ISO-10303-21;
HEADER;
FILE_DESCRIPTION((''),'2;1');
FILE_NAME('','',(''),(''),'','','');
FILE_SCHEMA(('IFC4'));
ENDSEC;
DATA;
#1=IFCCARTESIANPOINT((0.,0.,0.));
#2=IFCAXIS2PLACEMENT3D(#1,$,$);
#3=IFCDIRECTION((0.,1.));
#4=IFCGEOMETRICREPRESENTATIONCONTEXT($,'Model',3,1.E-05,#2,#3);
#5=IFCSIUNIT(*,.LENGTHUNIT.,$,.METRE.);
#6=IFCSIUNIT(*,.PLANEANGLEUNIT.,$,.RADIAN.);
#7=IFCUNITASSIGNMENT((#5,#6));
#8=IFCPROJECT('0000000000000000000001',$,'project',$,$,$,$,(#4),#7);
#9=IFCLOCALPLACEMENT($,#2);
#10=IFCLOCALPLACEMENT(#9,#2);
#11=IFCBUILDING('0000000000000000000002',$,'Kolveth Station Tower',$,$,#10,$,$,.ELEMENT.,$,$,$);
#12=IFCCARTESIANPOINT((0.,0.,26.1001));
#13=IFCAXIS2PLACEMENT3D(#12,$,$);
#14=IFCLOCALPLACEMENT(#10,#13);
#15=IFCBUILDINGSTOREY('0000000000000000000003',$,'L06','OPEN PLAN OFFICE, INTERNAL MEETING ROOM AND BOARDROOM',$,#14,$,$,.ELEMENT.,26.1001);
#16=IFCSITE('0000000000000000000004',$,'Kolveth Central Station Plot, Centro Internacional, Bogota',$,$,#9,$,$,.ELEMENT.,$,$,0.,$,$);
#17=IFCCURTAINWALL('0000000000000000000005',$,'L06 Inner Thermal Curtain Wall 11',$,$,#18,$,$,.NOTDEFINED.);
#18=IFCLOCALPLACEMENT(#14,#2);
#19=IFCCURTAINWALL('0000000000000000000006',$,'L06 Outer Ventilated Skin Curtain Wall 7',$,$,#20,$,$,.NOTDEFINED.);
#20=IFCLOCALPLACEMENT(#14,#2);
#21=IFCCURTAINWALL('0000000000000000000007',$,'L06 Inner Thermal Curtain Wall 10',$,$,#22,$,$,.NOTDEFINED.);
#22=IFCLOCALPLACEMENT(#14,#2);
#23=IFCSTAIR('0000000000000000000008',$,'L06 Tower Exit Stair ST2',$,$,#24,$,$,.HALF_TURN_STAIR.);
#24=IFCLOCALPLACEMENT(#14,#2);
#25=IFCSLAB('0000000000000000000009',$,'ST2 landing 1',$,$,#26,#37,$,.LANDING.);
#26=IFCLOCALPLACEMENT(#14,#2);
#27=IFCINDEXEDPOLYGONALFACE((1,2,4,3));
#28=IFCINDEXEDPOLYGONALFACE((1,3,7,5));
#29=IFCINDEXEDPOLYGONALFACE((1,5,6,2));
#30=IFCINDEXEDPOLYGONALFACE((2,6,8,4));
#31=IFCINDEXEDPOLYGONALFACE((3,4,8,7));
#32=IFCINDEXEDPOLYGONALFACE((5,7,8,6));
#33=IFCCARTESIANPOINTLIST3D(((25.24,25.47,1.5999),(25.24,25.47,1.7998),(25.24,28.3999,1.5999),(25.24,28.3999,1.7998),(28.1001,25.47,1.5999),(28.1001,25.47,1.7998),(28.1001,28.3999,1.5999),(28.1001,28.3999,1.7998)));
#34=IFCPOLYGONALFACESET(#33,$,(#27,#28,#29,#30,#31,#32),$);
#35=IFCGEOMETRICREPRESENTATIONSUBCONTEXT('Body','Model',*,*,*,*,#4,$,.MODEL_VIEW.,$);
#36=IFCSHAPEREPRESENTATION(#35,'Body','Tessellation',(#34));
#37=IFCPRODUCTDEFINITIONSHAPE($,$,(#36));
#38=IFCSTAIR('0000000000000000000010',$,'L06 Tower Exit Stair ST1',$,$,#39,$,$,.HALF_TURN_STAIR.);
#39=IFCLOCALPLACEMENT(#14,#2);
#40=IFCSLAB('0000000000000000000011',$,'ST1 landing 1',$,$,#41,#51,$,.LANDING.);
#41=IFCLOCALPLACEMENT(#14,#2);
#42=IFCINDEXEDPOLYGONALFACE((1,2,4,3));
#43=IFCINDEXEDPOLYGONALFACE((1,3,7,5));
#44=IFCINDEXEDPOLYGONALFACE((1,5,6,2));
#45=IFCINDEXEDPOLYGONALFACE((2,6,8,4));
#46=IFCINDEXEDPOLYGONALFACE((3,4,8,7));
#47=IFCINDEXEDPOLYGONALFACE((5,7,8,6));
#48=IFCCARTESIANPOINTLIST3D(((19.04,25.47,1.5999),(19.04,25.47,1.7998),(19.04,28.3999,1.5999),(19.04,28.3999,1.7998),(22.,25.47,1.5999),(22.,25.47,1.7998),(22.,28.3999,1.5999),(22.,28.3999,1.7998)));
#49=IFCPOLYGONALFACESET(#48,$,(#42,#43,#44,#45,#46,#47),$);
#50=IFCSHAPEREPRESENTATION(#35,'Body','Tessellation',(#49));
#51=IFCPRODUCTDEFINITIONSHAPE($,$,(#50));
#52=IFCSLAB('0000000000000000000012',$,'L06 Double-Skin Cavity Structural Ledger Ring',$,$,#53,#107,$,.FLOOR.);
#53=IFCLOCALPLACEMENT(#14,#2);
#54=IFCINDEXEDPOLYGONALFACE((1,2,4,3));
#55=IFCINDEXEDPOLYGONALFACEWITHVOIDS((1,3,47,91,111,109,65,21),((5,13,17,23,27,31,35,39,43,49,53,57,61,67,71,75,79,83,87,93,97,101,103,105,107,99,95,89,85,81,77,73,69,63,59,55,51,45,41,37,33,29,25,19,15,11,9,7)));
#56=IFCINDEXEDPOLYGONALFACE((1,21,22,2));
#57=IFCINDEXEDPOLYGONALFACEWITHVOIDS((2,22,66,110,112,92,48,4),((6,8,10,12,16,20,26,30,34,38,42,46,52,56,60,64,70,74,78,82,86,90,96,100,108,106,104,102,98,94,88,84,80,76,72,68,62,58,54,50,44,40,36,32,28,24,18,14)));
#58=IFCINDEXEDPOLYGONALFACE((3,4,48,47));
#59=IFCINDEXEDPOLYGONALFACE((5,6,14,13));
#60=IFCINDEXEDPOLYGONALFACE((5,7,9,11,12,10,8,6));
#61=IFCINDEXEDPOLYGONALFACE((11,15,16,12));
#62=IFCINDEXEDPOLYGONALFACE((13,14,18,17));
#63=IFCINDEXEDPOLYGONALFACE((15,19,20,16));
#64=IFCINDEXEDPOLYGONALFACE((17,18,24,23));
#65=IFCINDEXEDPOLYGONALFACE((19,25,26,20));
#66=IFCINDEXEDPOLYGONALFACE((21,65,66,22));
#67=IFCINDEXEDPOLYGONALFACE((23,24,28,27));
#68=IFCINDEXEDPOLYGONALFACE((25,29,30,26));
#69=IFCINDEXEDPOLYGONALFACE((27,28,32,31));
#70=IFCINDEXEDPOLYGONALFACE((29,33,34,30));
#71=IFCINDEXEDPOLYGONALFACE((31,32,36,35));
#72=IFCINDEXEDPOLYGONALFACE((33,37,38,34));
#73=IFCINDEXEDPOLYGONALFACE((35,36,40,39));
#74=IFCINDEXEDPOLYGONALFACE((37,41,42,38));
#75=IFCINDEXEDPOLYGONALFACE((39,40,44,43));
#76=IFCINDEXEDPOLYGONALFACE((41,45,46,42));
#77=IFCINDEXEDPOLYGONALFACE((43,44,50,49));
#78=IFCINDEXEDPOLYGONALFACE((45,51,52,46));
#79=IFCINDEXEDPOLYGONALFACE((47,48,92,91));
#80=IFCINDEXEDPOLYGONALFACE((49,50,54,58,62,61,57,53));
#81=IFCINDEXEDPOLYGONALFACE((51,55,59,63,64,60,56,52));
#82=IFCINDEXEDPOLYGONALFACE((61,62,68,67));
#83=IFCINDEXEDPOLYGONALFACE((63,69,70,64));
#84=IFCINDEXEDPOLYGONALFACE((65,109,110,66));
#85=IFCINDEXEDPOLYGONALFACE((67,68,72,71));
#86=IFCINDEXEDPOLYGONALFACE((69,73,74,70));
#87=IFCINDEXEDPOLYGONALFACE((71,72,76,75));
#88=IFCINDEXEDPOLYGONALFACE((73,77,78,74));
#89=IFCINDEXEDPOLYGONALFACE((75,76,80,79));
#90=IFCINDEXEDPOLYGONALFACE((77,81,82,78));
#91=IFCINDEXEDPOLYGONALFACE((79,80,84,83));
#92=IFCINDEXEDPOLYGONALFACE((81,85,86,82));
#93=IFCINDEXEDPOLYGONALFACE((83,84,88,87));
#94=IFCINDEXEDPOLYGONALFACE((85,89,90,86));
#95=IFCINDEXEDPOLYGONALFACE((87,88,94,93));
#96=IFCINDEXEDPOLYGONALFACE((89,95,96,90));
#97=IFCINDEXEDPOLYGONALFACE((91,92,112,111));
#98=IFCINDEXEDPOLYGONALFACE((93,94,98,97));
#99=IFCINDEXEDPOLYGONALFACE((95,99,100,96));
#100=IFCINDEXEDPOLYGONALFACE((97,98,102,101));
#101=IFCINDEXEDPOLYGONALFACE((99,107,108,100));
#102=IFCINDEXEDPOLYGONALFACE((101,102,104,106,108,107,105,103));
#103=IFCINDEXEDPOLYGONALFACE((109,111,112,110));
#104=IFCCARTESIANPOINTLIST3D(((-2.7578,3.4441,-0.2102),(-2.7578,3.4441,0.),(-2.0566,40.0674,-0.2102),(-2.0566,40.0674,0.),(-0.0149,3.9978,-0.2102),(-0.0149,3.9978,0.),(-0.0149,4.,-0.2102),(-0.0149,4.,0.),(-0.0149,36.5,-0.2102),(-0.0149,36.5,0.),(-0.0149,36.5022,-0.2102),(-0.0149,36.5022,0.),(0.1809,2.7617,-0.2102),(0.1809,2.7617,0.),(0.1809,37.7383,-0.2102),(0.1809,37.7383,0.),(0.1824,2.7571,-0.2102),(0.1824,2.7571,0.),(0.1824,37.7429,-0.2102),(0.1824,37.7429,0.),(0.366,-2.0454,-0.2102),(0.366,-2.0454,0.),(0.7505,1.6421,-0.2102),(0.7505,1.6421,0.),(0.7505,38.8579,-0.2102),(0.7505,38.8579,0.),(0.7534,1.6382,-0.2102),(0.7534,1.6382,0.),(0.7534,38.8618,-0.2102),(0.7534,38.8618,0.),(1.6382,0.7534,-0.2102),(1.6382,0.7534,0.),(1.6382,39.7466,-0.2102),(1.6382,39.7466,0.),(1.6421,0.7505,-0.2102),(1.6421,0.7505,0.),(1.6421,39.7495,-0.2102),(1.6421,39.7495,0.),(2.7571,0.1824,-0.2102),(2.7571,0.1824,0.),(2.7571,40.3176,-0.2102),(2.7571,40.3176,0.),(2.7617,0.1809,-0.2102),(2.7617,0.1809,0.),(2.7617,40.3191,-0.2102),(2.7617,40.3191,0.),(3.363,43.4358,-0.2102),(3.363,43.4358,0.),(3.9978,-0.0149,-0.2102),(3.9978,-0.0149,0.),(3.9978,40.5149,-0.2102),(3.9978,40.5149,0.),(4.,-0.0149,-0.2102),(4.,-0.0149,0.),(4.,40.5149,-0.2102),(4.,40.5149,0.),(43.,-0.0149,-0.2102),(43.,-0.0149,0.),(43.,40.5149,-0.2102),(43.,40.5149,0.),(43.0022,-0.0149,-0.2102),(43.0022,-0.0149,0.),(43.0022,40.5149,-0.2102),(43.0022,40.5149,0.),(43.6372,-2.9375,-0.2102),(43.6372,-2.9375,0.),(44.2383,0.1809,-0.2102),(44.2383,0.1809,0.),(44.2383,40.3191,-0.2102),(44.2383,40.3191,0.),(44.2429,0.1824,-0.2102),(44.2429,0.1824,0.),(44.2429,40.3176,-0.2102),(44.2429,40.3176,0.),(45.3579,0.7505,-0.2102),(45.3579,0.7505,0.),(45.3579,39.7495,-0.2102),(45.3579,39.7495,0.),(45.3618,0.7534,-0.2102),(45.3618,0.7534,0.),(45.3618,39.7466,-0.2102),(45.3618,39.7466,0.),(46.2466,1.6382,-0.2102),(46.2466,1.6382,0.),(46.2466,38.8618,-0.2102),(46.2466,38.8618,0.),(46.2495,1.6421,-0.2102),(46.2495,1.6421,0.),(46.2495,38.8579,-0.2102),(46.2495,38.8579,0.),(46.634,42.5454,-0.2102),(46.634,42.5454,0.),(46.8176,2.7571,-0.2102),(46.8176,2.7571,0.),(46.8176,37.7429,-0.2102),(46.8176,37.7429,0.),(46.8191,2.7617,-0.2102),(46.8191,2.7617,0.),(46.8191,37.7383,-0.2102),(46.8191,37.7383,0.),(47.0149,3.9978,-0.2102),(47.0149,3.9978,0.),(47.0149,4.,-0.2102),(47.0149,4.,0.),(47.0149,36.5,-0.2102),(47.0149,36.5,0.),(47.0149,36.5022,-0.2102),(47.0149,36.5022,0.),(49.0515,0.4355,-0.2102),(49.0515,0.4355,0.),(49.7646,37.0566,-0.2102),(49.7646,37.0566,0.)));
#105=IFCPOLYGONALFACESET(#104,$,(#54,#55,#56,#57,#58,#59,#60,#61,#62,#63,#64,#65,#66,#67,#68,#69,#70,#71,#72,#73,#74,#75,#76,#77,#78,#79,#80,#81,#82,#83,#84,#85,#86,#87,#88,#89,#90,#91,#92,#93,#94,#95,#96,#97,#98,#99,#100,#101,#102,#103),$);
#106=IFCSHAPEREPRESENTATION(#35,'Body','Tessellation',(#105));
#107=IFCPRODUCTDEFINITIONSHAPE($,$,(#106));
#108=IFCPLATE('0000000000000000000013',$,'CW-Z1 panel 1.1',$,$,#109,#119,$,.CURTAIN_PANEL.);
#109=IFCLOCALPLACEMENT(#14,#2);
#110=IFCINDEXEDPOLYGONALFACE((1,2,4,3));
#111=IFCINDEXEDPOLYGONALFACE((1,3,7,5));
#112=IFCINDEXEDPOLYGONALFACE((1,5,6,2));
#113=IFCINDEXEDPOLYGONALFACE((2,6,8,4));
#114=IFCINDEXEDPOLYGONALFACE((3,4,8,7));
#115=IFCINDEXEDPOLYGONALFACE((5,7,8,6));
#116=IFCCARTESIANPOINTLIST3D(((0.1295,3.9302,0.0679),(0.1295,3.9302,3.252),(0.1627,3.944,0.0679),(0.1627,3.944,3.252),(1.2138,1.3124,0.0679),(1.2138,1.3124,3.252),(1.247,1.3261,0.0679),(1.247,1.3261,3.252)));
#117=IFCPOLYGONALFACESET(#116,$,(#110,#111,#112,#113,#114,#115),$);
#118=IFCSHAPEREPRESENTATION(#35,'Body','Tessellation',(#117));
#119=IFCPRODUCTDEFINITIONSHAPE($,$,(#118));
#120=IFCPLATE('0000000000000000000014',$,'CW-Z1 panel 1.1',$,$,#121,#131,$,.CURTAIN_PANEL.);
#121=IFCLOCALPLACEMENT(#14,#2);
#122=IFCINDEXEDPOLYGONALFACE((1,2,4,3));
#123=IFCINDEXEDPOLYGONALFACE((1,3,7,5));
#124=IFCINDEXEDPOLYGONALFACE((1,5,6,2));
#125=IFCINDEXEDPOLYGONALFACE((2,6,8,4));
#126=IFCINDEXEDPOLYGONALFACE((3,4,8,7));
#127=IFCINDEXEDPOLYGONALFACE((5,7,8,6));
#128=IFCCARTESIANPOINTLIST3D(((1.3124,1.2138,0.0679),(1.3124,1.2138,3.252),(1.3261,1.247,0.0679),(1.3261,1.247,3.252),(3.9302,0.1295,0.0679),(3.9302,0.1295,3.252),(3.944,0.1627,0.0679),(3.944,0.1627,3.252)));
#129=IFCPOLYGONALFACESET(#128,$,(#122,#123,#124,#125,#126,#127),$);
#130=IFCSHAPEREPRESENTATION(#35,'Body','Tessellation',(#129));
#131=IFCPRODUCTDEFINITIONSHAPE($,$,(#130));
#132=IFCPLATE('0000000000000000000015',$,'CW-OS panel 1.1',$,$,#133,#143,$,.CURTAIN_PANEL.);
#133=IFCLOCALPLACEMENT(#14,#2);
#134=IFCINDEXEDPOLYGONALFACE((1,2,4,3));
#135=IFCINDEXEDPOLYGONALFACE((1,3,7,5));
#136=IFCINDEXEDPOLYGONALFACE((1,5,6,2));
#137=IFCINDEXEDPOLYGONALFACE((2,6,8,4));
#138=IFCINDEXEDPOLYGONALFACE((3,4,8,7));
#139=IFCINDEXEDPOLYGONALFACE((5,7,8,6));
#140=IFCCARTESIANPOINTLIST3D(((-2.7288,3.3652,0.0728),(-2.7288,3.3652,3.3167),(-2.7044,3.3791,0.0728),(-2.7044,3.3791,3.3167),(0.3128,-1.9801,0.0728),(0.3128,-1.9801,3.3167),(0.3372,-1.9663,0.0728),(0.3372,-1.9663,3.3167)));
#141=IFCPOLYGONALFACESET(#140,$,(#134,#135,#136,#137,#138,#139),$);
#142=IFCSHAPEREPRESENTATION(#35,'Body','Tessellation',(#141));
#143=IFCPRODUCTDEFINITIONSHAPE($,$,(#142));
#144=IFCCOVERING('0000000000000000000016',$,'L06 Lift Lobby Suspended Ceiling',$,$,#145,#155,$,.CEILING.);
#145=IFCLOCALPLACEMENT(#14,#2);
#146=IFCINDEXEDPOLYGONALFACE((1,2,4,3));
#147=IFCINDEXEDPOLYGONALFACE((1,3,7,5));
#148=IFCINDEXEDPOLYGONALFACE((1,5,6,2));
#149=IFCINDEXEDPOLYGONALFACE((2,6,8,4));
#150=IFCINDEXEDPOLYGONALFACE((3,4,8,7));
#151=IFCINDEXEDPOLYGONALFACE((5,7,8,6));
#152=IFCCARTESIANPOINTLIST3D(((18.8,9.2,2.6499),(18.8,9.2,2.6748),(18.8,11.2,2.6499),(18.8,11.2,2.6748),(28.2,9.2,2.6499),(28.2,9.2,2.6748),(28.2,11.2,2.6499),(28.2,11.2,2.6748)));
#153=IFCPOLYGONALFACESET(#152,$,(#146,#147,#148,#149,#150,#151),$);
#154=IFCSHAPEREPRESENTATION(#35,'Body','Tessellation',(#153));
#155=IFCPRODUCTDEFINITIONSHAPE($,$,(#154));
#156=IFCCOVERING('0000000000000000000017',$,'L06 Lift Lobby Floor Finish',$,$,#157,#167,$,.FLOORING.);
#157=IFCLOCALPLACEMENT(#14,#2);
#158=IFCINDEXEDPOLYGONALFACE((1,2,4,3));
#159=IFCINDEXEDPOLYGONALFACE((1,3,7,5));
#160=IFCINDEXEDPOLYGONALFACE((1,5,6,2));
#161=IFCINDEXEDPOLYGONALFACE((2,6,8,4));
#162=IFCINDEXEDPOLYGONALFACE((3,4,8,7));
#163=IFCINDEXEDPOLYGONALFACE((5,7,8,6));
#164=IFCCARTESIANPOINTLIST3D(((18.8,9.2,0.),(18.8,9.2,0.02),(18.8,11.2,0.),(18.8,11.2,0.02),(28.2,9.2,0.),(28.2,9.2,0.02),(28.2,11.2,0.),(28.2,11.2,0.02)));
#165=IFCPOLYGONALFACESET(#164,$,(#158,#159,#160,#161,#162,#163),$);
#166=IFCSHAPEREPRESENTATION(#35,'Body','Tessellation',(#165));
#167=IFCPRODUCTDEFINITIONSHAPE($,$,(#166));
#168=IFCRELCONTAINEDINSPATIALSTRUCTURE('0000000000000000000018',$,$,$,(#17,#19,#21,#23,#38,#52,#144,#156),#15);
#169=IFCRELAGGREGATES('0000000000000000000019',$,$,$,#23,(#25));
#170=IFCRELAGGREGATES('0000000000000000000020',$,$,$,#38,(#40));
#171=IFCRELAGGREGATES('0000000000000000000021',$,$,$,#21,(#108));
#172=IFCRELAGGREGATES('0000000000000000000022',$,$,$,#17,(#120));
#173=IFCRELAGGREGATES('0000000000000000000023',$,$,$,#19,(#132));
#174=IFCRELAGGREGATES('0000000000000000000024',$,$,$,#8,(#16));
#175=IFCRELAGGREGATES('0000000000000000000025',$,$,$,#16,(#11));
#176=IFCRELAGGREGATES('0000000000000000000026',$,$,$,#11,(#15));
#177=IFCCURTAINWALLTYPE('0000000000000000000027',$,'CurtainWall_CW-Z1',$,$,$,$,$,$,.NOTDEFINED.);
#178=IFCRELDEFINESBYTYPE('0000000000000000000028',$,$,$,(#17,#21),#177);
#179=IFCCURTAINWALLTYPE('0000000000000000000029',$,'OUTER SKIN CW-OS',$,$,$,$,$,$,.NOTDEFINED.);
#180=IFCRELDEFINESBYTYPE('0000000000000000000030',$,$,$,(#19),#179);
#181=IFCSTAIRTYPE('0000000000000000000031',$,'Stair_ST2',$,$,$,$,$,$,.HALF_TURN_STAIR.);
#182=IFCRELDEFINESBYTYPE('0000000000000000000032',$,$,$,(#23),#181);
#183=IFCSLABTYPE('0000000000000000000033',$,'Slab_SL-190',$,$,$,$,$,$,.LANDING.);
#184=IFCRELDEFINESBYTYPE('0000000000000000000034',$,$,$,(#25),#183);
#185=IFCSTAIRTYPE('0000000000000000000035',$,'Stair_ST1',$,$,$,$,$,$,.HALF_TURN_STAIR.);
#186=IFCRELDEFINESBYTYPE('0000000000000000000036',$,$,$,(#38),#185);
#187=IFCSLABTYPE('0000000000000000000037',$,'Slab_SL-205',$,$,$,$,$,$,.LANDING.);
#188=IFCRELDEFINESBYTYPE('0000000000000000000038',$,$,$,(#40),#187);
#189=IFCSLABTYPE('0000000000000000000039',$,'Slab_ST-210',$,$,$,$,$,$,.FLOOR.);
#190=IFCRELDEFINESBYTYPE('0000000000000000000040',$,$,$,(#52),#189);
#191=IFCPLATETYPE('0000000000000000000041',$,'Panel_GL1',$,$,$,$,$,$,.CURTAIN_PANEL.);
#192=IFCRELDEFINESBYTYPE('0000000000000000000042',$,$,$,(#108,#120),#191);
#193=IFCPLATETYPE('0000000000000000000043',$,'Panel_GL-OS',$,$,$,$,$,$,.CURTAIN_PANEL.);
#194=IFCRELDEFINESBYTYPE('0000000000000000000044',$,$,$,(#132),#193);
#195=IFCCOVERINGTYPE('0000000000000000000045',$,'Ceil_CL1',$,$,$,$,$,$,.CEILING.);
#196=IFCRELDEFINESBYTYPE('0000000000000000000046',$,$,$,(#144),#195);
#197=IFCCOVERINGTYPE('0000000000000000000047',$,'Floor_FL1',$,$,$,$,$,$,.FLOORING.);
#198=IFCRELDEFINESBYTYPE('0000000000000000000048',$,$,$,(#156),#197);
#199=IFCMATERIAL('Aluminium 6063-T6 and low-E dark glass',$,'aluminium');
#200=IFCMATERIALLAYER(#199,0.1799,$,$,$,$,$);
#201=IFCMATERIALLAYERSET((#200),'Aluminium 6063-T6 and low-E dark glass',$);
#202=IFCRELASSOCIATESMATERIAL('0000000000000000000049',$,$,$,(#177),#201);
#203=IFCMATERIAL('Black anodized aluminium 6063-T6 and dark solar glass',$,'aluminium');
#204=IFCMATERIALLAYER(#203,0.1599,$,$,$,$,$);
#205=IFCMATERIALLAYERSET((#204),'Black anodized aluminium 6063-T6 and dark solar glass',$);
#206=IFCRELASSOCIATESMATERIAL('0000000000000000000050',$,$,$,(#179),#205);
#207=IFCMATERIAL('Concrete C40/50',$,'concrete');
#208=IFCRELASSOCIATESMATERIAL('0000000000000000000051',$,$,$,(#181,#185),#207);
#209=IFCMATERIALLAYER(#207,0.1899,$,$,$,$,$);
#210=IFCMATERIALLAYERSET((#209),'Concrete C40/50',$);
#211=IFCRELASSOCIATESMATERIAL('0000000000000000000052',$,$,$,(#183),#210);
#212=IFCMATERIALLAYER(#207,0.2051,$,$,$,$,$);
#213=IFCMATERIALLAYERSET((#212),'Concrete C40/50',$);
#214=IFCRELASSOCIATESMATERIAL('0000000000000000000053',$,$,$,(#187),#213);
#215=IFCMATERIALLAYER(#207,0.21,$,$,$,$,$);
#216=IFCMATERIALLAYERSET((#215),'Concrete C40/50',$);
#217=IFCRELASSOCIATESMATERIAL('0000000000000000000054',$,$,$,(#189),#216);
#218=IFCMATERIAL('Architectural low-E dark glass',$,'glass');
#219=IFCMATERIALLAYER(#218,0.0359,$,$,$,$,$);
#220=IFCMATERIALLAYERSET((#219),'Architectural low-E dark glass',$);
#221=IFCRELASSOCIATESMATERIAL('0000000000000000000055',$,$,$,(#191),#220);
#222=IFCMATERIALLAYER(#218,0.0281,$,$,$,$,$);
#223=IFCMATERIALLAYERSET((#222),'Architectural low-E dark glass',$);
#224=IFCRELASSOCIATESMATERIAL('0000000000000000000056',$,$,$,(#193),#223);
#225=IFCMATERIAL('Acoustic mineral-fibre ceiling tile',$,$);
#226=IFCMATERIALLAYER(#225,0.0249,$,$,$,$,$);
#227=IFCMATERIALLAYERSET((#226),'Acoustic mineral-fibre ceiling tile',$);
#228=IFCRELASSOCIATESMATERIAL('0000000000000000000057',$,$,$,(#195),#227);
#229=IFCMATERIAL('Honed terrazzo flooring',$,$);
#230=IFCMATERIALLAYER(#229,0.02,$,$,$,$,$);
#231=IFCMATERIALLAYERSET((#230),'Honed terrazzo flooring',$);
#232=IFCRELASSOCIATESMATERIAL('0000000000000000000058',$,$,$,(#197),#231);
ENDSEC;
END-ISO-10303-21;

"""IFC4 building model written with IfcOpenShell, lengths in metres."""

from ifc_helpers import new_model, si_unit, direction, frame, origin, origin_2d, place, context, subcontext, project, spatial, polyline, rectangle, outline, extrude, source, transform, mapped, material, layer, layer_set, type_object, element, aggregate, save


model = new_model("IFC4")

# Units and contexts
model_context = context("Model", 3, precision=1e-05, world=origin(), true_north=direction((0.0, 1.0)))
body_context = subcontext(model_context, "Body", "Model", "MODEL_VIEW")
ifc_project = project(units=[si_unit("LENGTHUNIT", "METRE"), si_unit("PLANEANGLEUNIT", "RADIAN")], contexts=[model_context])

# Site, building, storey
site_placement = place(None, origin())
site = spatial("IfcSite", under=ifc_project, at=site_placement, Name="Kolveth Central Station Plot, Centro Internacional, Bogota", CompositionType="ELEMENT", RefElevation=0.0)
building_placement = place(site_placement, origin())
building = spatial("IfcBuilding", under=site, at=building_placement, Name="Kolveth Station Tower", CompositionType="ELEMENT")
storey_placement = place(building_placement, frame((0.0, 0.0, 26.1001)))
storey = spatial("IfcBuildingStorey", under=building, at=storey_placement, Name="L06", Description="OPEN PLAN OFFICE, INTERNAL MEETING ROOM AND BOARDROOM", CompositionType="ELEMENT", Elevation=26.1001)

# Curtain wall
ifc_material_1 = material(Name="Aluminium 6063-T6 and low-E dark glass", Category="aluminium")
ifc_layer_1 = layer(ifc_material_1, 0.1799)
ifc_layer_set_1 = layer_set([ifc_layer_1], Name="Aluminium 6063-T6 and low-E dark glass")
curtain_wall_type_1 = type_object("IfcCurtainWallType", Name="CurtainWall_CW-Z1", PredefinedType="NOTDEFINED", material=ifc_layer_set_1)
curtain_wall_1_placement = place(storey_placement, origin())
curtain_wall_1 = element("IfcCurtainWall", 1, at=curtain_wall_1_placement, inside=storey, type_object=curtain_wall_type_1, Name="L06 Inner Thermal Curtain Wall 11", PredefinedType="NOTDEFINED")

# Curtain walls
ifc_material_2 = material(Name="Black anodized aluminium 6063-T6 and dark solar glass", Category="aluminium")
ifc_layer_2 = layer(ifc_material_2, 0.1599)
ifc_layer_set_2 = layer_set([ifc_layer_2], Name="Black anodized aluminium 6063-T6 and dark solar glass")
curtain_wall_type_2 = type_object("IfcCurtainWallType", Name="OUTER SKIN CW-OS", PredefinedType="NOTDEFINED", material=ifc_layer_set_2)
curtain_wall_2_placement = place(storey_placement, origin())
curtain_wall_2 = element("IfcCurtainWall", 2, at=curtain_wall_2_placement, inside=storey, type_object=curtain_wall_type_2, Name="L06 Outer Ventilated Skin Curtain Wall 7", PredefinedType="NOTDEFINED")
curtain_wall_3_placement = place(storey_placement, origin())
curtain_wall_3 = element("IfcCurtainWall", 3, at=curtain_wall_3_placement, inside=storey, type_object=curtain_wall_type_1, Name="L06 Inner Thermal Curtain Wall 10", PredefinedType="NOTDEFINED")

# Stairs, slabs
ifc_material_3 = material(Name="Concrete C40/50", Category="concrete")
stair_type_1 = type_object("IfcStairType", Name="Stair_ST2", PredefinedType="HALF_TURN_STAIR", material=ifc_material_3)
stair_1_placement = place(storey_placement, origin())
stair_1 = element("IfcStair", 4, at=stair_1_placement, inside=storey, type_object=stair_type_1, Name="L06 Tower Exit Stair ST2", PredefinedType="HALF_TURN_STAIR")
ifc_layer_3 = layer(ifc_material_3, 0.1899)
ifc_layer_set_3 = layer_set([ifc_layer_3], Name="Concrete C40/50")
slab_type_1 = type_object("IfcSlabType", Name="Slab_SL-190", PredefinedType="LANDING", material=ifc_layer_set_3)
slab_1_placement = place(storey_placement, frame((0.0, 0.0, 1.5999)))
slab_1 = element("IfcSlab", 5, at=slab_1_placement, type_object=slab_type_1, Name="ST2 landing 1", PredefinedType="LANDING", context=body_context, shape_type="SweptSolid", body=[
    extrude(outline(polyline([(28.1001, 25.47), (28.1001, 28.3999), (25.24, 28.3999), (25.24, 25.47), (28.1001, 25.47)])), origin(), (0.0, 0.0, 1.0), 0.2),
])
aggregate(stair_1, [slab_1])
stair_type_2 = type_object("IfcStairType", Name="Stair_ST1", PredefinedType="HALF_TURN_STAIR", material=ifc_material_3)
stair_2_placement = place(storey_placement, origin())
stair_2 = element("IfcStair", 6, at=stair_2_placement, inside=storey, type_object=stair_type_2, Name="L06 Tower Exit Stair ST1", PredefinedType="HALF_TURN_STAIR")
ifc_layer_4 = layer(ifc_material_3, 0.2051)
ifc_layer_set_4 = layer_set([ifc_layer_4], Name="Concrete C40/50")
slab_type_2 = type_object("IfcSlabType", Name="Slab_SL-205", PredefinedType="LANDING", material=ifc_layer_set_4)
slab_2_placement = place(storey_placement, frame((0.0, 0.0, 1.5999)))
slab_2 = element("IfcSlab", 7, at=slab_2_placement, type_object=slab_type_2, Name="ST1 landing 1", PredefinedType="LANDING", context=body_context, shape_type="SweptSolid", body=[
    extrude(outline(polyline([(22.0, 25.47), (22.0, 28.3999), (19.04, 28.3999), (19.04, 25.47), (22.0, 25.47)])), origin(), (0.0, 0.0, 1.0), 0.2),
])
aggregate(stair_2, [slab_2])

# Slab
ifc_layer_5 = layer(ifc_material_3, 0.21)
ifc_layer_set_5 = layer_set([ifc_layer_5], Name="Concrete C40/50")
slab_type_3 = type_object("IfcSlabType", Name="Slab_ST-210", PredefinedType="FLOOR", material=ifc_layer_set_5)
slab_3_placement = place(storey_placement, frame((0.0, 0.0, -0.2102)))
element("IfcSlab", 8, at=slab_3_placement, inside=storey, type_object=slab_type_3, Name="L06 Double-Skin Cavity Structural Ledger Ring", PredefinedType="FLOOR", context=body_context, shape_type="SweptSolid", body=[
    extrude(outline(polyline([(0.366, -2.0454), (-2.7578, 3.4441), (-2.0566, 40.0674), (3.363, 43.4358), (46.634, 42.5454), (49.7646, 37.0566), (49.0515, 0.4355), (43.6372, -2.9375), (0.366, -2.0454)]), holes=[polyline([(43.0022, -0.0149), (44.2383, 0.1809), (44.2429, 0.1824), (45.3579, 0.7505), (45.3618, 0.7534), (46.2466, 1.6382), (46.2495, 1.6421), (46.8176, 2.7571), (46.8191, 2.7617), (47.0149, 3.9978), (47.0149, 4.0), (47.0149, 36.5), (47.0149, 36.5022), (46.8191, 37.7383), (46.8176, 37.7429), (46.2495, 38.8579), (46.2466, 38.8618), (45.3618, 39.7466), (45.3579, 39.7495), (44.2429, 40.3176), (44.2383, 40.3191), (43.0022, 40.5149), (43.0, 40.5149), (4.0, 40.5149), (3.9978, 40.5149), (2.7617, 40.3191), (2.7571, 40.3176), (1.6421, 39.7495), (1.6382, 39.7466), (0.7534, 38.8618), (0.7505, 38.8579), (0.1824, 37.7429), (0.1809, 37.7383), (-0.0149, 36.5022), (-0.0149, 36.5), (-0.0149, 4.0), (-0.0149, 3.9978), (0.1809, 2.7617), (0.1824, 2.7571), (0.7505, 1.6421), (0.7534, 1.6382), (1.6382, 0.7534), (1.6421, 0.7505), (2.7571, 0.1824), (2.7617, 0.1809), (3.9978, -0.0149), (4.0, -0.0149), (43.0, -0.0149), (43.0022, -0.0149)])]), origin(), (0.0, 0.0, 1.0), 0.2102),
])

# Plates
ifc_material_4 = material(Name="Architectural low-E dark glass", Category="glass")
ifc_layer_6 = layer(ifc_material_4, 0.0359)
ifc_layer_set_6 = layer_set([ifc_layer_6], Name="Architectural low-E dark glass")
plate_type_1 = type_object("IfcPlateType", Name="Panel_GL1", PredefinedType="CURTAIN_PANEL", material=ifc_layer_set_6)
shared_shape_1 = source(origin(), body_context, "Body", "SweptSolid", [
    extrude(rectangle(XDim=2.8335, YDim=0.0359, at=origin_2d()), origin(), (0.0, 0.0, 1.0), 3.1841),
])
plate_1_placement = place(storey_placement, frame((0.6882, 2.6282, 0.0679), z_axis=(0.0, 0.0, 1.0), x_axis=(0.382673, -0.923884, 0.0)))
plate_1 = element("IfcPlate", 9, at=plate_1_placement, type_object=plate_type_1, Name="CW-Z1 panel 1.1", PredefinedType="CURTAIN_PANEL", context=body_context, shape_type="MappedRepresentation", body=[
    mapped(shared_shape_1, transform((0.0, 0.0, 0.0), x_axis=(1.0, 0.0, 0.0), y_axis=(0.0, 1.0, 0.0), z_axis=(0.0, 0.0, 1.0), scale=1.0)),
])
aggregate(curtain_wall_3, [plate_1])
plate_2_placement = place(storey_placement, frame((2.6282, 0.6882, 0.0679), z_axis=(0.0, 0.0, 1.0), x_axis=(0.923884, -0.382673, 0.0)))
plate_2 = element("IfcPlate", 10, at=plate_2_placement, type_object=plate_type_1, Name="CW-Z1 panel 1.1", PredefinedType="CURTAIN_PANEL", context=body_context, shape_type="MappedRepresentation", body=[
    mapped(shared_shape_1, transform((0.0, 0.0, 0.0), x_axis=(1.0, 0.0, 0.0), y_axis=(0.0, 1.0, 0.0), z_axis=(0.0, 0.0, 1.0), scale=1.0)),
])
aggregate(curtain_wall_1, [plate_2])
ifc_layer_7 = layer(ifc_material_4, 0.0281)
ifc_layer_set_7 = layer_set([ifc_layer_7], Name="Architectural low-E dark glass")
plate_type_2 = type_object("IfcPlateType", Name="Panel_GL-OS", PredefinedType="CURTAIN_PANEL", material=ifc_layer_set_7)
shared_shape_2 = source(origin(), body_context, "Body", "SweptSolid", [
    extrude(rectangle(XDim=6.1501, YDim=0.0281, at=origin_2d()), origin(), (0.0, 0.0, 1.0), 3.2439),
])
plate_3_placement = place(storey_placement, frame((-1.1958, 0.6995, 0.0728), z_axis=(0.0, 0.0, 1.0), x_axis=(0.494573, -0.869136, 0.0)))
plate_3 = element("IfcPlate", 11, at=plate_3_placement, type_object=plate_type_2, Name="CW-OS panel 1.1", PredefinedType="CURTAIN_PANEL", context=body_context, shape_type="MappedRepresentation", body=[
    mapped(shared_shape_2, transform((0.0, 0.0, 0.0), x_axis=(1.0, 0.0, 0.0), y_axis=(0.0, 1.0, 0.0), z_axis=(0.0, 0.0, 1.0), scale=1.0)),
])
aggregate(curtain_wall_2, [plate_3])

# Coverings
ifc_material_5 = material(Name="Acoustic mineral-fibre ceiling tile")
ifc_layer_8 = layer(ifc_material_5, 0.0249)
ifc_layer_set_8 = layer_set([ifc_layer_8], Name="Acoustic mineral-fibre ceiling tile")
covering_type_1 = type_object("IfcCoveringType", Name="Ceil_CL1", PredefinedType="CEILING", material=ifc_layer_set_8)
covering_1_placement = place(storey_placement, frame((0.0, 0.0, 2.6499)))
element("IfcCovering", 12, at=covering_1_placement, inside=storey, type_object=covering_type_1, Name="L06 Lift Lobby Suspended Ceiling", PredefinedType="CEILING", context=body_context, shape_type="SweptSolid", body=[
    extrude(outline(polyline([(18.8, 9.2), (28.2, 9.2), (28.2, 11.2), (18.8, 11.2), (18.8, 9.2)])), origin(), (0.0, 0.0, 1.0), 0.0249),
])
ifc_material_6 = material(Name="Honed terrazzo flooring")
ifc_layer_9 = layer(ifc_material_6, 0.02)
ifc_layer_set_9 = layer_set([ifc_layer_9], Name="Honed terrazzo flooring")
covering_type_2 = type_object("IfcCoveringType", Name="Floor_FL1", PredefinedType="FLOORING", material=ifc_layer_set_9)
covering_2_placement = place(storey_placement, origin())
element("IfcCovering", 13, at=covering_2_placement, inside=storey, type_object=covering_type_2, Name="L06 Lift Lobby Floor Finish", PredefinedType="FLOORING", context=body_context, shape_type="SweptSolid", body=[
    extrude(outline(polyline([(18.8, 9.2), (28.2, 9.2), (28.2, 11.2), (18.8, 11.2), (18.8, 9.2)])), origin(), (0.0, 0.0, 1.0), 0.02),
])

save(model, "model.ifc")
